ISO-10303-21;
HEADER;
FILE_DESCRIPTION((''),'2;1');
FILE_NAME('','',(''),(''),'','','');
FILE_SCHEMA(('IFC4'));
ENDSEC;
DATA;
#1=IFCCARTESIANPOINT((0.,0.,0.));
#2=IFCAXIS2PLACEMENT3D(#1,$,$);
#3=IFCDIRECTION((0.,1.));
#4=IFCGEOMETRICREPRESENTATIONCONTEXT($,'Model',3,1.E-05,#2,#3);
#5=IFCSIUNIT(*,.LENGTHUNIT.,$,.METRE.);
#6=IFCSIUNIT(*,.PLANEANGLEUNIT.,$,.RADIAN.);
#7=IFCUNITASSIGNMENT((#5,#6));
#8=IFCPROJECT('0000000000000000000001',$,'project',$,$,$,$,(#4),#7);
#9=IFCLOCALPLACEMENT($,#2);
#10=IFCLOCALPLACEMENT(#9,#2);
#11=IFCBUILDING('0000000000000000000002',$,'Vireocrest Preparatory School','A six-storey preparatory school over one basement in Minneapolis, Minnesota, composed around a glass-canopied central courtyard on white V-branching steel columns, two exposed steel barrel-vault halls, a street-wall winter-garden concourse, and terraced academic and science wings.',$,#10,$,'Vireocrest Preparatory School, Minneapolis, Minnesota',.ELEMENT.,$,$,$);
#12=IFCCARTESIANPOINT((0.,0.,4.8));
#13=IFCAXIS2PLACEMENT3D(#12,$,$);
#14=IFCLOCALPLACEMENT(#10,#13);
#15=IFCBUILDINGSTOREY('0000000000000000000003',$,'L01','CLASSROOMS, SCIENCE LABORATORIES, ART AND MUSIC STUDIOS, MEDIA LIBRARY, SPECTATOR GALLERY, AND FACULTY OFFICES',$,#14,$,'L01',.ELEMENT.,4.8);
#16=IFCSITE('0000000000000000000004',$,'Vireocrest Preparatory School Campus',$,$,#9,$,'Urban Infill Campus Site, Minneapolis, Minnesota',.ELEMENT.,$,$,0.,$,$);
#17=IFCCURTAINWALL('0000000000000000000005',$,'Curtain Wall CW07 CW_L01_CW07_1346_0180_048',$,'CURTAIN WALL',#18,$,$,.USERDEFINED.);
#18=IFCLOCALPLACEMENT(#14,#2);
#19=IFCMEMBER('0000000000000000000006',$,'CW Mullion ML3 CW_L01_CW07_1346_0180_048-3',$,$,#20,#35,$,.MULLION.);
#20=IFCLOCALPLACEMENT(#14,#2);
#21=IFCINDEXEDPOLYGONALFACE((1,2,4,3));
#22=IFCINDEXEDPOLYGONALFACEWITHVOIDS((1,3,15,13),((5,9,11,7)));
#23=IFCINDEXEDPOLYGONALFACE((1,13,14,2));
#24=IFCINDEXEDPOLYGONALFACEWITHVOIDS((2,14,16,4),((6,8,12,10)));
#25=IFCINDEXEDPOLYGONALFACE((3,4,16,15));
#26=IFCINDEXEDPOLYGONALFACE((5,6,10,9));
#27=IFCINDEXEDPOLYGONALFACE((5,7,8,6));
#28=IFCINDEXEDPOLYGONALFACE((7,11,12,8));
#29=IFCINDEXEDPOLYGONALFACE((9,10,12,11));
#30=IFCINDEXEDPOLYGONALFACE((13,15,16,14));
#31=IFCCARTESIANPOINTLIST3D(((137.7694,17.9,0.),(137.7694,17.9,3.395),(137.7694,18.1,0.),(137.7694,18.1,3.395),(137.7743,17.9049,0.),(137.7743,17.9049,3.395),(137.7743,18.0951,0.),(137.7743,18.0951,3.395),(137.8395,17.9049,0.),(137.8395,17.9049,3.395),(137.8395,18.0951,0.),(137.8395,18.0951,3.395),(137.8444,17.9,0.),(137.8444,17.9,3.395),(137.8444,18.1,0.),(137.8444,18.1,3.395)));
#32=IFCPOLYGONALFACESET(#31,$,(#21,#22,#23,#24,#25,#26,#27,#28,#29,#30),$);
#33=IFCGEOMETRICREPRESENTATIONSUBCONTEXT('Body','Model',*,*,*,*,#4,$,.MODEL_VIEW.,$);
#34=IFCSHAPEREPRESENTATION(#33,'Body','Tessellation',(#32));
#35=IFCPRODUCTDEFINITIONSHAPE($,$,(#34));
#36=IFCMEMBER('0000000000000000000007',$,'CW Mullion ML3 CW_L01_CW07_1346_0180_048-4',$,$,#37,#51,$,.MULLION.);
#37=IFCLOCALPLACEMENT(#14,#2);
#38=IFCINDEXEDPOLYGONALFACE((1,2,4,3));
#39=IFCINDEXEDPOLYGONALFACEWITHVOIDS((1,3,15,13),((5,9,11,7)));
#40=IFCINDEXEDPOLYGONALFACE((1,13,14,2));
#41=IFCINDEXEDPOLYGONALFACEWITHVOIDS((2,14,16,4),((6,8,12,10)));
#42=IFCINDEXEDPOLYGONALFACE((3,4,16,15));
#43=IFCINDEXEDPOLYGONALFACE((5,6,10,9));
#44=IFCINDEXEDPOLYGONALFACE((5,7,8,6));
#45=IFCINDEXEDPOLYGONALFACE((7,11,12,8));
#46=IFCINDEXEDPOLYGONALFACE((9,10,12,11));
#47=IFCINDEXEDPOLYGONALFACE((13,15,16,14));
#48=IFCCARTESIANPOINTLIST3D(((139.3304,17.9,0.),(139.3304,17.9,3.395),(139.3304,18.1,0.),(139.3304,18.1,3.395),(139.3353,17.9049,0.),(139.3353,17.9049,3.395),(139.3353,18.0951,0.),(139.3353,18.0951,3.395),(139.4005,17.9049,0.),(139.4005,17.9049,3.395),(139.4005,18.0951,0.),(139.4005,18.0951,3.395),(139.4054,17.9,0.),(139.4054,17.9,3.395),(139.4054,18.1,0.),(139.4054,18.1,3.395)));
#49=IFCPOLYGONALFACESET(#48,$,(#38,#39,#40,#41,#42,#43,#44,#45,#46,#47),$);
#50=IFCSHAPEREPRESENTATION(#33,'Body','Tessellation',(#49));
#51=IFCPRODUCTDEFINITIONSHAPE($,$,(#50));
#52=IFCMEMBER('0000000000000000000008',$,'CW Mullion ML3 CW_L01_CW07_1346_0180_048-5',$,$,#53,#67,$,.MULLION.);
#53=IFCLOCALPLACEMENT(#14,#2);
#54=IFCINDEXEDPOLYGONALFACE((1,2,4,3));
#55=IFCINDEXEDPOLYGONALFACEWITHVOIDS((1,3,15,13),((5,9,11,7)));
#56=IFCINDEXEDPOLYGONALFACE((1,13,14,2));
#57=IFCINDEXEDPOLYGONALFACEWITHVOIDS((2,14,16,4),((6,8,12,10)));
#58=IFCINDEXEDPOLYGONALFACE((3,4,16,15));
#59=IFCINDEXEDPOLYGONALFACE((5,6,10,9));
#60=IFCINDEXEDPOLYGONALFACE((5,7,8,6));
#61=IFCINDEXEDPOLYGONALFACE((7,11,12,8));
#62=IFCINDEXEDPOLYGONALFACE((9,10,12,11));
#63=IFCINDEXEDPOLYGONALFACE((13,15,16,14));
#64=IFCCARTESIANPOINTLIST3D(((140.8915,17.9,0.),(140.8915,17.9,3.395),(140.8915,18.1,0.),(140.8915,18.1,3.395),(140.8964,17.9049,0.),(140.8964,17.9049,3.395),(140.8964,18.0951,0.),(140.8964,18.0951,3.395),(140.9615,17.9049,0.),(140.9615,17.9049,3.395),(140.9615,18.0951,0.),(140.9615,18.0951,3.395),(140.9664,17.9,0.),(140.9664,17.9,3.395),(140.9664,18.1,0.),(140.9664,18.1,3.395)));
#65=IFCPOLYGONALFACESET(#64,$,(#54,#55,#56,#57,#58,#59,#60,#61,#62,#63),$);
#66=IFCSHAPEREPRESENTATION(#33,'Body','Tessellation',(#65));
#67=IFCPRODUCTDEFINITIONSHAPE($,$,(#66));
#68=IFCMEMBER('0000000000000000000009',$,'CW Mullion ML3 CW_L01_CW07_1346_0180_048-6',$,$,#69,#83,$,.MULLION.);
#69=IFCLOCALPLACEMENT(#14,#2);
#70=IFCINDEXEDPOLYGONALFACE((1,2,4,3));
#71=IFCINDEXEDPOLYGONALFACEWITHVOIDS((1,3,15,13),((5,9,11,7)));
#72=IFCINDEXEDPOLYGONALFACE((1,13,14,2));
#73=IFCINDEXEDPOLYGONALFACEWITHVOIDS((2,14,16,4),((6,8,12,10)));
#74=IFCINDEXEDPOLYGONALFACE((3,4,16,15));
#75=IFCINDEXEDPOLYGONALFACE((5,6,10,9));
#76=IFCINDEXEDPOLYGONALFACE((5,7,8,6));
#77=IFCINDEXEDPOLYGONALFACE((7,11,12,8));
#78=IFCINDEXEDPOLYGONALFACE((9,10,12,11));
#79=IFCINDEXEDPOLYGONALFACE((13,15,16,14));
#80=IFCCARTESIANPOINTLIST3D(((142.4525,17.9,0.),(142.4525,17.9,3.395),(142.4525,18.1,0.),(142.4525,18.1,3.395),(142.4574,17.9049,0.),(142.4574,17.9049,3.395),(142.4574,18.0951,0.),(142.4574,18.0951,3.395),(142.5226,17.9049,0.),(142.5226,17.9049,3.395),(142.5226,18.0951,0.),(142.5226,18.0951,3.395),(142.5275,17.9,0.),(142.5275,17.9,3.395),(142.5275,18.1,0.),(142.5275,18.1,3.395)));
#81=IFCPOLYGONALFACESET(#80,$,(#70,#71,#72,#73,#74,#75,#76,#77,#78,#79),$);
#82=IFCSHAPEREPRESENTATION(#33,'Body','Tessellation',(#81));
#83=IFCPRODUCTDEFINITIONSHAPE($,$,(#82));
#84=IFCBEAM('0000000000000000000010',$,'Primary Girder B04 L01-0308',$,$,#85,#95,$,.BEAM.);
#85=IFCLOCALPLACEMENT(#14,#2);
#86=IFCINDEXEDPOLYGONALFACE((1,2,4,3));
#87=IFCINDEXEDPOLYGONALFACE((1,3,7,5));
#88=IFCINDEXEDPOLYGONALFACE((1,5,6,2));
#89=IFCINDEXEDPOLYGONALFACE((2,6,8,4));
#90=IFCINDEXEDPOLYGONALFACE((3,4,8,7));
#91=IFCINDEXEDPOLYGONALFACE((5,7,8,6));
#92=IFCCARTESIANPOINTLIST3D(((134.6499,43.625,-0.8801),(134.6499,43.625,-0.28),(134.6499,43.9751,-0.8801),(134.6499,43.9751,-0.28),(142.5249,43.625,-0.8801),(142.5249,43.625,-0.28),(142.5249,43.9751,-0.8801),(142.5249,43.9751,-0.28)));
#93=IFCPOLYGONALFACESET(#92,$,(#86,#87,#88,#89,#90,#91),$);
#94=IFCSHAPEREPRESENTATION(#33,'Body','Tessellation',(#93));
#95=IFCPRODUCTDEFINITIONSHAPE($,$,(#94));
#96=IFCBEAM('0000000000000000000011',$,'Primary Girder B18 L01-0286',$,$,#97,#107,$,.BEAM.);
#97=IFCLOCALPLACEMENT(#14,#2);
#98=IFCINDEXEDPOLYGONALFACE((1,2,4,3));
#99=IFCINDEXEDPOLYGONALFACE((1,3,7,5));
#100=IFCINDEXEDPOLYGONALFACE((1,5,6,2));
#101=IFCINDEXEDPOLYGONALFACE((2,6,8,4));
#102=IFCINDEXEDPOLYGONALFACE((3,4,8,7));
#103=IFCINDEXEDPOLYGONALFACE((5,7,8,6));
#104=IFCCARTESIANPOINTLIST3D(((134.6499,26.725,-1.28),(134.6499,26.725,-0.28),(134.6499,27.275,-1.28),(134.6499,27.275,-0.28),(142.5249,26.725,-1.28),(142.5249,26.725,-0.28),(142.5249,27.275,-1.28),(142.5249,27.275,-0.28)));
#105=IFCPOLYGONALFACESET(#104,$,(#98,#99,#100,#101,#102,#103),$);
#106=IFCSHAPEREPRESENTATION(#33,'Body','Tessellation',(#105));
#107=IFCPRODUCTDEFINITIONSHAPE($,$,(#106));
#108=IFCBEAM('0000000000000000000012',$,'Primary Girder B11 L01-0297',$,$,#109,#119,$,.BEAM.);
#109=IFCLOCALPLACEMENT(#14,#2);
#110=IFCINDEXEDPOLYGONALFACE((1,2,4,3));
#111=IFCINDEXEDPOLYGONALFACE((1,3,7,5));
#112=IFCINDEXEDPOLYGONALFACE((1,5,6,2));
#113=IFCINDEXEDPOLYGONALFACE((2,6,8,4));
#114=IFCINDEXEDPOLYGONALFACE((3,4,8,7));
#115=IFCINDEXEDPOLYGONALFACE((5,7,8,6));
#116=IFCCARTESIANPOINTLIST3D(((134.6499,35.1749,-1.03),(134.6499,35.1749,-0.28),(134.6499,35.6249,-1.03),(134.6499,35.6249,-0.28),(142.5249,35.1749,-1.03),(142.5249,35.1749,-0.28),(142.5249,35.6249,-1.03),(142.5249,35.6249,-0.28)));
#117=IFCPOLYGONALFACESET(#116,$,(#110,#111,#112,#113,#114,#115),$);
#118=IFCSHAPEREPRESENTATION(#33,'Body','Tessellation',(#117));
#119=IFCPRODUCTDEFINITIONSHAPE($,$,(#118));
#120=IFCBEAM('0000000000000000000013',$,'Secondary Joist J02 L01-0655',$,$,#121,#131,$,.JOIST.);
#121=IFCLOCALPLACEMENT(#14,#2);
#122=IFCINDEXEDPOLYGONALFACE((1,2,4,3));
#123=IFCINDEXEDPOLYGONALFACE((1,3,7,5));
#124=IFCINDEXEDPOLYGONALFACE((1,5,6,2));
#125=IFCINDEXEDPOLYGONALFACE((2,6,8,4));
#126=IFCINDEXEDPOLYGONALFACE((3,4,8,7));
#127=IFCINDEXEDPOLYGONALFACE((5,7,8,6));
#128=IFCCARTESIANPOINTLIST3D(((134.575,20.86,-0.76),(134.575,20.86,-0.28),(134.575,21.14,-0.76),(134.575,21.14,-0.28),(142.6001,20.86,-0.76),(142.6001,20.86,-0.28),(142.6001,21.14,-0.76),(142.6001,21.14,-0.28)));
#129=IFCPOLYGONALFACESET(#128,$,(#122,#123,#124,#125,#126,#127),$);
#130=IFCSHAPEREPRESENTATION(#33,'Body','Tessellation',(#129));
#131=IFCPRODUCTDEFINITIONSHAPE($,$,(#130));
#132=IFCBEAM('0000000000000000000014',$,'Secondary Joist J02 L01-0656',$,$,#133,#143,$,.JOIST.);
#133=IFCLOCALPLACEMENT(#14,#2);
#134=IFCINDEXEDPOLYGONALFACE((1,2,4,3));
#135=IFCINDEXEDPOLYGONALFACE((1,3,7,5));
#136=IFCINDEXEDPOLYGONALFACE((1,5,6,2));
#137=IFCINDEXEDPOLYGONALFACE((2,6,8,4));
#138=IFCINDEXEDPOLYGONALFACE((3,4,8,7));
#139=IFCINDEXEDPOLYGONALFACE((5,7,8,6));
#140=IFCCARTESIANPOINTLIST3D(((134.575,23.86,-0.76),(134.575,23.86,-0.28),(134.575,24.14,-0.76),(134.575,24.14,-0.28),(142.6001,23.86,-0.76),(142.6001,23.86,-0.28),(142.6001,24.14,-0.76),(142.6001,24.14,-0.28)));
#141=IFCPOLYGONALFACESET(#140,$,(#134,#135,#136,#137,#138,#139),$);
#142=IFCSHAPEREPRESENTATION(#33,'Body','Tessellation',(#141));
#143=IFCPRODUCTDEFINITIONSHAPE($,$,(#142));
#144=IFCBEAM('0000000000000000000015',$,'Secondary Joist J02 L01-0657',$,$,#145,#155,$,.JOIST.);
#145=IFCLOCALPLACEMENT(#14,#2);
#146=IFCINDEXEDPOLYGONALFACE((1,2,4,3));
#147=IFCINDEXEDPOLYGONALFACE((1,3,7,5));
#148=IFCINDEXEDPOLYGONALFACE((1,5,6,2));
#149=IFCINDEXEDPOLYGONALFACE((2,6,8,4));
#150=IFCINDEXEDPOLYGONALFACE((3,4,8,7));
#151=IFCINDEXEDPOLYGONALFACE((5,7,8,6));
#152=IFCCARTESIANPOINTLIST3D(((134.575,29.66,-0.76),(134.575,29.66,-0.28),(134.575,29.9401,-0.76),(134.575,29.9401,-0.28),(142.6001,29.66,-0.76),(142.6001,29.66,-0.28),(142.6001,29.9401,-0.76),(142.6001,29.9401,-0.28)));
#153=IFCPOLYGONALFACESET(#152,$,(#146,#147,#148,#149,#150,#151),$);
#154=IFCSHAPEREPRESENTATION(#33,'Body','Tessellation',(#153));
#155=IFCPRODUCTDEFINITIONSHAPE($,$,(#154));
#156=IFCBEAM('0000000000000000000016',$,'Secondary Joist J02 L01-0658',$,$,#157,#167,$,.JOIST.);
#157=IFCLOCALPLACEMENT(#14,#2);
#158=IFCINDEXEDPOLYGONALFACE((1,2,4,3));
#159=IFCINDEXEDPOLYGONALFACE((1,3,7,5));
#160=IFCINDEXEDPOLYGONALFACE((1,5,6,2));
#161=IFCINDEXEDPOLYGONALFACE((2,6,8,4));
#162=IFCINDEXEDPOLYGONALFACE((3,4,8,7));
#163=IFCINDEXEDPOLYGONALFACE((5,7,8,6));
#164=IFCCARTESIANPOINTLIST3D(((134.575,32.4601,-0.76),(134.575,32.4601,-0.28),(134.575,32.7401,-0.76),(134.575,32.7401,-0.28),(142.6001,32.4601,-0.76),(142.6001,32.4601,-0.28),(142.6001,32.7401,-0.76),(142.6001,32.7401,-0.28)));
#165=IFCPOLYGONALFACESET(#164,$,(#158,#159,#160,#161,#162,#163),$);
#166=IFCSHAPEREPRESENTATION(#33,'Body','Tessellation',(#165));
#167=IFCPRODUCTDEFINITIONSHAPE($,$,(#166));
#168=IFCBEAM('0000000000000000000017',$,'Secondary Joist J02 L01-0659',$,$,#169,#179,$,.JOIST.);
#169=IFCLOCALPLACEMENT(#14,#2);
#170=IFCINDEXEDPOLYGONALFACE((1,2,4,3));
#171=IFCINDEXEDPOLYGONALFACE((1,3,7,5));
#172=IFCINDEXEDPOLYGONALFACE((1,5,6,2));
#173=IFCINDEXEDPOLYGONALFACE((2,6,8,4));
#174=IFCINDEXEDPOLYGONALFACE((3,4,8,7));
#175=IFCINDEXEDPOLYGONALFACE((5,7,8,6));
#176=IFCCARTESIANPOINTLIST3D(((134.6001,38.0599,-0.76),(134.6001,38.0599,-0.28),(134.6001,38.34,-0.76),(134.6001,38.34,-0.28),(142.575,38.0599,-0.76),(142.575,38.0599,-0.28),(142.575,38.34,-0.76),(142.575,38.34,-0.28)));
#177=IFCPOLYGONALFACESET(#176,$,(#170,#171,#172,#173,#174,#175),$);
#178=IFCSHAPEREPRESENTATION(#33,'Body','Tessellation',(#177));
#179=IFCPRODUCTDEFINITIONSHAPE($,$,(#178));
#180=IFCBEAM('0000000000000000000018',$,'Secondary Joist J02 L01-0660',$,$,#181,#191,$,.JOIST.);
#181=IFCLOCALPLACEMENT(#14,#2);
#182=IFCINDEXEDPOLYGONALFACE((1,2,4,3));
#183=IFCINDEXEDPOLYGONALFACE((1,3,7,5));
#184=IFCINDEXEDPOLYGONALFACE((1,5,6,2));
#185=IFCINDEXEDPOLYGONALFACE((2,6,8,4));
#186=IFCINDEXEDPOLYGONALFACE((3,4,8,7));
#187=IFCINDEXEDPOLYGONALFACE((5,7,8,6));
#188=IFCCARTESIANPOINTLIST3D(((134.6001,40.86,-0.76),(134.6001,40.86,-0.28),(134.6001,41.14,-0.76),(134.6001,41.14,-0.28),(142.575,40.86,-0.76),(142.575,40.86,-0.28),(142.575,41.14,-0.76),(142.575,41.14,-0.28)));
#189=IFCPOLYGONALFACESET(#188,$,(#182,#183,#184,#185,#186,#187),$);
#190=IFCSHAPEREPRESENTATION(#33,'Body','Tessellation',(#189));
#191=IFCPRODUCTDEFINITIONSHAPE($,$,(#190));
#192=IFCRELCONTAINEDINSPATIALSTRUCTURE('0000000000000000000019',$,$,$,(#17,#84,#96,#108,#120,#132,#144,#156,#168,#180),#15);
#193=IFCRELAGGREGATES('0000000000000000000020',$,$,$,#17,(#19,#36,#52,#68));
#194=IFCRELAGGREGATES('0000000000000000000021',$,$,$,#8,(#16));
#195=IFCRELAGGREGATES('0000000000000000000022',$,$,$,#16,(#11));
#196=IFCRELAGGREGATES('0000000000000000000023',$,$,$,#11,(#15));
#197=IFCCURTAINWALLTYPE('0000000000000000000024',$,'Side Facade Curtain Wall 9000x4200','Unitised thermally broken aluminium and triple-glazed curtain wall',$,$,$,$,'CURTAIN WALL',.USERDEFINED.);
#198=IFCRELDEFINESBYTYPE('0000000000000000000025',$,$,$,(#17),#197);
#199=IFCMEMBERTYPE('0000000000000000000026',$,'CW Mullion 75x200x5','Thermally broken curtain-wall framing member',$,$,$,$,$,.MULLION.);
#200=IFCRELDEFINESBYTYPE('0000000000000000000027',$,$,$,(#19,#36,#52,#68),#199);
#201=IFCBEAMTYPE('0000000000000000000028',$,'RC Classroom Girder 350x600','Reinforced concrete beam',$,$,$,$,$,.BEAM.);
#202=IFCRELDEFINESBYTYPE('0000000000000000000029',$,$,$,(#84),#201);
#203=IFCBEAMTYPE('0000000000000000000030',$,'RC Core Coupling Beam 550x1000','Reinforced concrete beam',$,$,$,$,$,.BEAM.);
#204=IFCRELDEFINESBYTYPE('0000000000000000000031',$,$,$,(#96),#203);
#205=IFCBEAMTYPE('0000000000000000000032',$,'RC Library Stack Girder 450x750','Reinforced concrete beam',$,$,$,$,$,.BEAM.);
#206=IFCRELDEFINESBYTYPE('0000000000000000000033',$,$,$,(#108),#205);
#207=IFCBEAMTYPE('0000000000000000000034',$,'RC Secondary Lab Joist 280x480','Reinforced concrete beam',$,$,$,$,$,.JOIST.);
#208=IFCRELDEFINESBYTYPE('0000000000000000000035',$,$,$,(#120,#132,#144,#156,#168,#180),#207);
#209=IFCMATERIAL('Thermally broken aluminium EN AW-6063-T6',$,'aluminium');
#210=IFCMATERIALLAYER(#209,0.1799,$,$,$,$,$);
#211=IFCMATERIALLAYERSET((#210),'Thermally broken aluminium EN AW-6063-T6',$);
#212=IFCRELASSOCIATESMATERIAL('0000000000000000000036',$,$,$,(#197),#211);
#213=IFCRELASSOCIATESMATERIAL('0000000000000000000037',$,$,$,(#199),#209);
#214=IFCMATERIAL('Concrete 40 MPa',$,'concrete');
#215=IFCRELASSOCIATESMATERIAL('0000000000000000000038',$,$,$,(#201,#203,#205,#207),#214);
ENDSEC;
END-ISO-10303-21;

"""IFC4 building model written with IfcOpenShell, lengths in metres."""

from ifc_helpers import new_model, si_unit, direction, frame, origin, origin_2d, place, context, subcontext, project, spatial, rectangle, hollow_rectangle, extrude, material, layer, layer_set, material_profile, profile_set, type_object, element, aggregate, save


model = new_model("IFC4")

# Units and contexts
model_context = context("Model", 3, precision=1e-05, world=origin(), true_north=direction((0.0, 1.0)))
body_context = subcontext(model_context, "Body", "Model", "MODEL_VIEW")
ifc_project = project(units=[si_unit("LENGTHUNIT", "METRE"), si_unit("PLANEANGLEUNIT", "RADIAN")], contexts=[model_context])

# Site, building, storey
site_placement = place(None, origin())
site = spatial("IfcSite", under=ifc_project, at=site_placement, Name="Vireocrest Preparatory School Campus", LongName="Urban Infill Campus Site, Minneapolis, Minnesota", CompositionType="ELEMENT", RefElevation=0.0)
building_placement = place(site_placement, origin())
building = spatial("IfcBuilding", under=site, at=building_placement, Name="Vireocrest Preparatory School", Description="A six-storey preparatory school over one basement in Minneapolis, Minnesota, composed around a glass-canopied central courtyard on white V-branching steel columns, two exposed steel barrel-vault halls, a street-wall winter-garden concourse, and terraced academic and science wings.", LongName="Vireocrest Preparatory School, Minneapolis, Minnesota", CompositionType="ELEMENT")
storey_placement = place(building_placement, frame((0.0, 0.0, 4.8)))
storey = spatial("IfcBuildingStorey", under=building, at=storey_placement, Name="L01", Description="CLASSROOMS, SCIENCE LABORATORIES, ART AND MUSIC STUDIOS, MEDIA LIBRARY, SPECTATOR GALLERY, AND FACULTY OFFICES", LongName="L01", CompositionType="ELEMENT", Elevation=4.8)

# Curtain wall, members
ifc_material_1 = material(Name="Thermally broken aluminium EN AW-6063-T6", Category="aluminium")
ifc_layer_1 = layer(ifc_material_1, 0.1799)
ifc_layer_set_1 = layer_set([ifc_layer_1], Name="Thermally broken aluminium EN AW-6063-T6")
curtain_wall_type = type_object("IfcCurtainWallType", Name="Side Facade Curtain Wall 9000x4200", Description="Unitised thermally broken aluminium and triple-glazed curtain wall", ElementType="CURTAIN WALL", PredefinedType="USERDEFINED", material=ifc_layer_set_1)
curtain_wall_placement = place(storey_placement, origin())
curtain_wall = element("IfcCurtainWall", 1, at=curtain_wall_placement, inside=storey, type_object=curtain_wall_type, Name="Curtain Wall CW07 CW_L01_CW07_1346_0180_048", ObjectType="CURTAIN WALL", PredefinedType="USERDEFINED")
ifc_material_profile_1 = material_profile(ifc_material_1, hollow_rectangle(XDim=0.075, YDim=0.2, WallThickness=0.0049, at=origin_2d()), Name="ALU 75x200x5")
ifc_profile_set_1 = profile_set([ifc_material_profile_1], Name="Thermally broken aluminium EN AW-6063-T6")
member_type = type_object("IfcMemberType", Name="CW Mullion 75x200x5", Description="Thermally broken curtain-wall framing member", PredefinedType="MULLION", material=ifc_profile_set_1)
member_1_placement = place(storey_placement, frame((137.8069, 18.0, 0.0), z_axis=(0.0, 0.0, 1.0), x_axis=(1.0, 0.0, 0.0)))
member_1 = element("IfcMember", 2, at=member_1_placement, type_object=member_type, Name="CW Mullion ML3 CW_L01_CW07_1346_0180_048-3", PredefinedType="MULLION", context=body_context, shape_type="SweptSolid", body=[
    extrude(hollow_rectangle(XDim=0.075, YDim=0.2, WallThickness=0.0049, at=origin_2d()), origin(), (0.0, 0.0, 1.0), 3.395),
])
member_2_placement = place(storey_placement, frame((139.3679, 18.0, 0.0), z_axis=(0.0, 0.0, 1.0), x_axis=(1.0, 0.0, 0.0)))
member_2 = element("IfcMember", 3, at=member_2_placement, type_object=member_type, Name="CW Mullion ML3 CW_L01_CW07_1346_0180_048-4", PredefinedType="MULLION", context=body_context, shape_type="SweptSolid", body=[
    extrude(hollow_rectangle(XDim=0.075, YDim=0.2, WallThickness=0.0049, at=origin_2d()), origin(), (0.0, 0.0, 1.0), 3.395),
])
member_3_placement = place(storey_placement, frame((140.929, 18.0, 0.0), z_axis=(0.0, 0.0, 1.0), x_axis=(1.0, 0.0, 0.0)))
member_3 = element("IfcMember", 4, at=member_3_placement, type_object=member_type, Name="CW Mullion ML3 CW_L01_CW07_1346_0180_048-5", PredefinedType="MULLION", context=body_context, shape_type="SweptSolid", body=[
    extrude(hollow_rectangle(XDim=0.075, YDim=0.2, WallThickness=0.0049, at=origin_2d()), origin(), (0.0, 0.0, 1.0), 3.395),
])
member_4_placement = place(storey_placement, frame((142.49, 18.0, 0.0), z_axis=(0.0, 0.0, 1.0), x_axis=(1.0, 0.0, 0.0)))
member_4 = element("IfcMember", 5, at=member_4_placement, type_object=member_type, Name="CW Mullion ML3 CW_L01_CW07_1346_0180_048-6", PredefinedType="MULLION", context=body_context, shape_type="SweptSolid", body=[
    extrude(hollow_rectangle(XDim=0.075, YDim=0.2, WallThickness=0.0049, at=origin_2d()), origin(), (0.0, 0.0, 1.0), 3.395),
])

# Beams
ifc_material_2 = material(Name="Concrete 40 MPa", Category="concrete")
ifc_material_profile_2 = material_profile(ifc_material_2, rectangle(XDim=0.3501, YDim=0.6001, at=origin_2d()), Name="RC 350x600")
ifc_profile_set_2 = profile_set([ifc_material_profile_2], Name="Concrete 40 MPa")
beam_type_1 = type_object("IfcBeamType", Name="RC Classroom Girder 350x600", Description="Reinforced concrete beam", PredefinedType="BEAM", material=ifc_profile_set_2)
beam_1_placement = place(storey_placement, frame((134.6499, 43.8, -0.5801), z_axis=(1.0, 0.0, 0.0), x_axis=(0.0, 1.0, 0.0)))
element("IfcBeam", 6, at=beam_1_placement, inside=storey, type_object=beam_type_1, Name="Primary Girder B04 L01-0308", PredefinedType="BEAM", context=body_context, shape_type="SweptSolid", body=[
    extrude(rectangle(XDim=0.3501, YDim=0.6001, at=origin_2d()), origin(), (0.0, 0.0, 1.0), 7.875),
])
ifc_material_profile_3 = material_profile(ifc_material_2, rectangle(XDim=0.55, YDim=1.0, at=origin_2d()), Name="RC 550x1000")
ifc_profile_set_3 = profile_set([ifc_material_profile_3], Name="Concrete 40 MPa")
beam_type_2 = type_object("IfcBeamType", Name="RC Core Coupling Beam 550x1000", Description="Reinforced concrete beam", PredefinedType="BEAM", material=ifc_profile_set_3)
beam_2_placement = place(storey_placement, frame((134.6499, 27.0, -0.78), z_axis=(1.0, 0.0, 0.0), x_axis=(0.0, 1.0, 0.0)))
element("IfcBeam", 7, at=beam_2_placement, inside=storey, type_object=beam_type_2, Name="Primary Girder B18 L01-0286", PredefinedType="BEAM", context=body_context, shape_type="SweptSolid", body=[
    extrude(rectangle(XDim=0.55, YDim=1.0, at=origin_2d()), origin(), (0.0, 0.0, 1.0), 7.875),
])
ifc_material_profile_4 = material_profile(ifc_material_2, rectangle(XDim=0.45, YDim=0.75, at=origin_2d()), Name="RC 450x750")
ifc_profile_set_4 = profile_set([ifc_material_profile_4], Name="Concrete 40 MPa")
beam_type_3 = type_object("IfcBeamType", Name="RC Library Stack Girder 450x750", Description="Reinforced concrete beam", PredefinedType="BEAM", material=ifc_profile_set_4)
beam_3_placement = place(storey_placement, frame((134.6499, 35.3999, -0.655), z_axis=(1.0, 0.0, 0.0), x_axis=(0.0, 1.0, 0.0)))
element("IfcBeam", 8, at=beam_3_placement, inside=storey, type_object=beam_type_3, Name="Primary Girder B11 L01-0297", PredefinedType="BEAM", context=body_context, shape_type="SweptSolid", body=[
    extrude(rectangle(XDim=0.45, YDim=0.75, at=origin_2d()), origin(), (0.0, 0.0, 1.0), 7.875),
])
ifc_material_profile_5 = material_profile(ifc_material_2, rectangle(XDim=0.28, YDim=0.48, at=origin_2d()), Name="RC 280x480")
ifc_profile_set_5 = profile_set([ifc_material_profile_5], Name="Concrete 40 MPa")
beam_type_4 = type_object("IfcBeamType", Name="RC Secondary Lab Joist 280x480", Description="Reinforced concrete beam", PredefinedType="JOIST", material=ifc_profile_set_5)
for number, where, z_axis, x_axis, name in (
    (9, (134.575, 21.0, -0.52), (1.0, 0.0, 0.0), (0.0, 1.0, 0.0), "Secondary Joist J02 L01-0655"),
    (10, (134.575, 24.0, -0.52), (1.0, 0.0, 0.0), (0.0, 1.0, 0.0), "Secondary Joist J02 L01-0656"),
    (11, (134.575, 29.8, -0.52), (1.0, 0.0, 0.0), (0.0, 1.0, 0.0), "Secondary Joist J02 L01-0657"),
    (12, (134.575, 32.6001, -0.52), (1.0, 0.0, 0.0), (0.0, 1.0, 0.0), "Secondary Joist J02 L01-0658"),
):
    element("IfcBeam", number, at=place(storey_placement, frame(where, z_axis=z_axis, x_axis=x_axis)), inside=storey, type_object=beam_type_4, Name=name, PredefinedType="JOIST", context=body_context, shape_type="SweptSolid", body=[
        extrude(rectangle(XDim=0.28, YDim=0.48, at=origin_2d()), origin(), (0.0, 0.0, 1.0), 8.0251),
    ])
for number, where, z_axis, x_axis, name in (
    (13, (134.6001, 38.2, -0.52), (1.0, 0.0, 0.0), (0.0, 1.0, 0.0), "Secondary Joist J02 L01-0659"),
    (14, (134.6001, 41.0, -0.52), (1.0, 0.0, 0.0), (0.0, 1.0, 0.0), "Secondary Joist J02 L01-0660"),
):
    element("IfcBeam", number, at=place(storey_placement, frame(where, z_axis=z_axis, x_axis=x_axis)), inside=storey, type_object=beam_type_4, Name=name, PredefinedType="JOIST", context=body_context, shape_type="SweptSolid", body=[
        extrude(rectangle(XDim=0.28, YDim=0.48, at=origin_2d()), origin(), (0.0, 0.0, 1.0), 7.9749),
    ])

aggregate(curtain_wall, [member_1, member_2, member_3, member_4])

save(model, "model.ifc")
